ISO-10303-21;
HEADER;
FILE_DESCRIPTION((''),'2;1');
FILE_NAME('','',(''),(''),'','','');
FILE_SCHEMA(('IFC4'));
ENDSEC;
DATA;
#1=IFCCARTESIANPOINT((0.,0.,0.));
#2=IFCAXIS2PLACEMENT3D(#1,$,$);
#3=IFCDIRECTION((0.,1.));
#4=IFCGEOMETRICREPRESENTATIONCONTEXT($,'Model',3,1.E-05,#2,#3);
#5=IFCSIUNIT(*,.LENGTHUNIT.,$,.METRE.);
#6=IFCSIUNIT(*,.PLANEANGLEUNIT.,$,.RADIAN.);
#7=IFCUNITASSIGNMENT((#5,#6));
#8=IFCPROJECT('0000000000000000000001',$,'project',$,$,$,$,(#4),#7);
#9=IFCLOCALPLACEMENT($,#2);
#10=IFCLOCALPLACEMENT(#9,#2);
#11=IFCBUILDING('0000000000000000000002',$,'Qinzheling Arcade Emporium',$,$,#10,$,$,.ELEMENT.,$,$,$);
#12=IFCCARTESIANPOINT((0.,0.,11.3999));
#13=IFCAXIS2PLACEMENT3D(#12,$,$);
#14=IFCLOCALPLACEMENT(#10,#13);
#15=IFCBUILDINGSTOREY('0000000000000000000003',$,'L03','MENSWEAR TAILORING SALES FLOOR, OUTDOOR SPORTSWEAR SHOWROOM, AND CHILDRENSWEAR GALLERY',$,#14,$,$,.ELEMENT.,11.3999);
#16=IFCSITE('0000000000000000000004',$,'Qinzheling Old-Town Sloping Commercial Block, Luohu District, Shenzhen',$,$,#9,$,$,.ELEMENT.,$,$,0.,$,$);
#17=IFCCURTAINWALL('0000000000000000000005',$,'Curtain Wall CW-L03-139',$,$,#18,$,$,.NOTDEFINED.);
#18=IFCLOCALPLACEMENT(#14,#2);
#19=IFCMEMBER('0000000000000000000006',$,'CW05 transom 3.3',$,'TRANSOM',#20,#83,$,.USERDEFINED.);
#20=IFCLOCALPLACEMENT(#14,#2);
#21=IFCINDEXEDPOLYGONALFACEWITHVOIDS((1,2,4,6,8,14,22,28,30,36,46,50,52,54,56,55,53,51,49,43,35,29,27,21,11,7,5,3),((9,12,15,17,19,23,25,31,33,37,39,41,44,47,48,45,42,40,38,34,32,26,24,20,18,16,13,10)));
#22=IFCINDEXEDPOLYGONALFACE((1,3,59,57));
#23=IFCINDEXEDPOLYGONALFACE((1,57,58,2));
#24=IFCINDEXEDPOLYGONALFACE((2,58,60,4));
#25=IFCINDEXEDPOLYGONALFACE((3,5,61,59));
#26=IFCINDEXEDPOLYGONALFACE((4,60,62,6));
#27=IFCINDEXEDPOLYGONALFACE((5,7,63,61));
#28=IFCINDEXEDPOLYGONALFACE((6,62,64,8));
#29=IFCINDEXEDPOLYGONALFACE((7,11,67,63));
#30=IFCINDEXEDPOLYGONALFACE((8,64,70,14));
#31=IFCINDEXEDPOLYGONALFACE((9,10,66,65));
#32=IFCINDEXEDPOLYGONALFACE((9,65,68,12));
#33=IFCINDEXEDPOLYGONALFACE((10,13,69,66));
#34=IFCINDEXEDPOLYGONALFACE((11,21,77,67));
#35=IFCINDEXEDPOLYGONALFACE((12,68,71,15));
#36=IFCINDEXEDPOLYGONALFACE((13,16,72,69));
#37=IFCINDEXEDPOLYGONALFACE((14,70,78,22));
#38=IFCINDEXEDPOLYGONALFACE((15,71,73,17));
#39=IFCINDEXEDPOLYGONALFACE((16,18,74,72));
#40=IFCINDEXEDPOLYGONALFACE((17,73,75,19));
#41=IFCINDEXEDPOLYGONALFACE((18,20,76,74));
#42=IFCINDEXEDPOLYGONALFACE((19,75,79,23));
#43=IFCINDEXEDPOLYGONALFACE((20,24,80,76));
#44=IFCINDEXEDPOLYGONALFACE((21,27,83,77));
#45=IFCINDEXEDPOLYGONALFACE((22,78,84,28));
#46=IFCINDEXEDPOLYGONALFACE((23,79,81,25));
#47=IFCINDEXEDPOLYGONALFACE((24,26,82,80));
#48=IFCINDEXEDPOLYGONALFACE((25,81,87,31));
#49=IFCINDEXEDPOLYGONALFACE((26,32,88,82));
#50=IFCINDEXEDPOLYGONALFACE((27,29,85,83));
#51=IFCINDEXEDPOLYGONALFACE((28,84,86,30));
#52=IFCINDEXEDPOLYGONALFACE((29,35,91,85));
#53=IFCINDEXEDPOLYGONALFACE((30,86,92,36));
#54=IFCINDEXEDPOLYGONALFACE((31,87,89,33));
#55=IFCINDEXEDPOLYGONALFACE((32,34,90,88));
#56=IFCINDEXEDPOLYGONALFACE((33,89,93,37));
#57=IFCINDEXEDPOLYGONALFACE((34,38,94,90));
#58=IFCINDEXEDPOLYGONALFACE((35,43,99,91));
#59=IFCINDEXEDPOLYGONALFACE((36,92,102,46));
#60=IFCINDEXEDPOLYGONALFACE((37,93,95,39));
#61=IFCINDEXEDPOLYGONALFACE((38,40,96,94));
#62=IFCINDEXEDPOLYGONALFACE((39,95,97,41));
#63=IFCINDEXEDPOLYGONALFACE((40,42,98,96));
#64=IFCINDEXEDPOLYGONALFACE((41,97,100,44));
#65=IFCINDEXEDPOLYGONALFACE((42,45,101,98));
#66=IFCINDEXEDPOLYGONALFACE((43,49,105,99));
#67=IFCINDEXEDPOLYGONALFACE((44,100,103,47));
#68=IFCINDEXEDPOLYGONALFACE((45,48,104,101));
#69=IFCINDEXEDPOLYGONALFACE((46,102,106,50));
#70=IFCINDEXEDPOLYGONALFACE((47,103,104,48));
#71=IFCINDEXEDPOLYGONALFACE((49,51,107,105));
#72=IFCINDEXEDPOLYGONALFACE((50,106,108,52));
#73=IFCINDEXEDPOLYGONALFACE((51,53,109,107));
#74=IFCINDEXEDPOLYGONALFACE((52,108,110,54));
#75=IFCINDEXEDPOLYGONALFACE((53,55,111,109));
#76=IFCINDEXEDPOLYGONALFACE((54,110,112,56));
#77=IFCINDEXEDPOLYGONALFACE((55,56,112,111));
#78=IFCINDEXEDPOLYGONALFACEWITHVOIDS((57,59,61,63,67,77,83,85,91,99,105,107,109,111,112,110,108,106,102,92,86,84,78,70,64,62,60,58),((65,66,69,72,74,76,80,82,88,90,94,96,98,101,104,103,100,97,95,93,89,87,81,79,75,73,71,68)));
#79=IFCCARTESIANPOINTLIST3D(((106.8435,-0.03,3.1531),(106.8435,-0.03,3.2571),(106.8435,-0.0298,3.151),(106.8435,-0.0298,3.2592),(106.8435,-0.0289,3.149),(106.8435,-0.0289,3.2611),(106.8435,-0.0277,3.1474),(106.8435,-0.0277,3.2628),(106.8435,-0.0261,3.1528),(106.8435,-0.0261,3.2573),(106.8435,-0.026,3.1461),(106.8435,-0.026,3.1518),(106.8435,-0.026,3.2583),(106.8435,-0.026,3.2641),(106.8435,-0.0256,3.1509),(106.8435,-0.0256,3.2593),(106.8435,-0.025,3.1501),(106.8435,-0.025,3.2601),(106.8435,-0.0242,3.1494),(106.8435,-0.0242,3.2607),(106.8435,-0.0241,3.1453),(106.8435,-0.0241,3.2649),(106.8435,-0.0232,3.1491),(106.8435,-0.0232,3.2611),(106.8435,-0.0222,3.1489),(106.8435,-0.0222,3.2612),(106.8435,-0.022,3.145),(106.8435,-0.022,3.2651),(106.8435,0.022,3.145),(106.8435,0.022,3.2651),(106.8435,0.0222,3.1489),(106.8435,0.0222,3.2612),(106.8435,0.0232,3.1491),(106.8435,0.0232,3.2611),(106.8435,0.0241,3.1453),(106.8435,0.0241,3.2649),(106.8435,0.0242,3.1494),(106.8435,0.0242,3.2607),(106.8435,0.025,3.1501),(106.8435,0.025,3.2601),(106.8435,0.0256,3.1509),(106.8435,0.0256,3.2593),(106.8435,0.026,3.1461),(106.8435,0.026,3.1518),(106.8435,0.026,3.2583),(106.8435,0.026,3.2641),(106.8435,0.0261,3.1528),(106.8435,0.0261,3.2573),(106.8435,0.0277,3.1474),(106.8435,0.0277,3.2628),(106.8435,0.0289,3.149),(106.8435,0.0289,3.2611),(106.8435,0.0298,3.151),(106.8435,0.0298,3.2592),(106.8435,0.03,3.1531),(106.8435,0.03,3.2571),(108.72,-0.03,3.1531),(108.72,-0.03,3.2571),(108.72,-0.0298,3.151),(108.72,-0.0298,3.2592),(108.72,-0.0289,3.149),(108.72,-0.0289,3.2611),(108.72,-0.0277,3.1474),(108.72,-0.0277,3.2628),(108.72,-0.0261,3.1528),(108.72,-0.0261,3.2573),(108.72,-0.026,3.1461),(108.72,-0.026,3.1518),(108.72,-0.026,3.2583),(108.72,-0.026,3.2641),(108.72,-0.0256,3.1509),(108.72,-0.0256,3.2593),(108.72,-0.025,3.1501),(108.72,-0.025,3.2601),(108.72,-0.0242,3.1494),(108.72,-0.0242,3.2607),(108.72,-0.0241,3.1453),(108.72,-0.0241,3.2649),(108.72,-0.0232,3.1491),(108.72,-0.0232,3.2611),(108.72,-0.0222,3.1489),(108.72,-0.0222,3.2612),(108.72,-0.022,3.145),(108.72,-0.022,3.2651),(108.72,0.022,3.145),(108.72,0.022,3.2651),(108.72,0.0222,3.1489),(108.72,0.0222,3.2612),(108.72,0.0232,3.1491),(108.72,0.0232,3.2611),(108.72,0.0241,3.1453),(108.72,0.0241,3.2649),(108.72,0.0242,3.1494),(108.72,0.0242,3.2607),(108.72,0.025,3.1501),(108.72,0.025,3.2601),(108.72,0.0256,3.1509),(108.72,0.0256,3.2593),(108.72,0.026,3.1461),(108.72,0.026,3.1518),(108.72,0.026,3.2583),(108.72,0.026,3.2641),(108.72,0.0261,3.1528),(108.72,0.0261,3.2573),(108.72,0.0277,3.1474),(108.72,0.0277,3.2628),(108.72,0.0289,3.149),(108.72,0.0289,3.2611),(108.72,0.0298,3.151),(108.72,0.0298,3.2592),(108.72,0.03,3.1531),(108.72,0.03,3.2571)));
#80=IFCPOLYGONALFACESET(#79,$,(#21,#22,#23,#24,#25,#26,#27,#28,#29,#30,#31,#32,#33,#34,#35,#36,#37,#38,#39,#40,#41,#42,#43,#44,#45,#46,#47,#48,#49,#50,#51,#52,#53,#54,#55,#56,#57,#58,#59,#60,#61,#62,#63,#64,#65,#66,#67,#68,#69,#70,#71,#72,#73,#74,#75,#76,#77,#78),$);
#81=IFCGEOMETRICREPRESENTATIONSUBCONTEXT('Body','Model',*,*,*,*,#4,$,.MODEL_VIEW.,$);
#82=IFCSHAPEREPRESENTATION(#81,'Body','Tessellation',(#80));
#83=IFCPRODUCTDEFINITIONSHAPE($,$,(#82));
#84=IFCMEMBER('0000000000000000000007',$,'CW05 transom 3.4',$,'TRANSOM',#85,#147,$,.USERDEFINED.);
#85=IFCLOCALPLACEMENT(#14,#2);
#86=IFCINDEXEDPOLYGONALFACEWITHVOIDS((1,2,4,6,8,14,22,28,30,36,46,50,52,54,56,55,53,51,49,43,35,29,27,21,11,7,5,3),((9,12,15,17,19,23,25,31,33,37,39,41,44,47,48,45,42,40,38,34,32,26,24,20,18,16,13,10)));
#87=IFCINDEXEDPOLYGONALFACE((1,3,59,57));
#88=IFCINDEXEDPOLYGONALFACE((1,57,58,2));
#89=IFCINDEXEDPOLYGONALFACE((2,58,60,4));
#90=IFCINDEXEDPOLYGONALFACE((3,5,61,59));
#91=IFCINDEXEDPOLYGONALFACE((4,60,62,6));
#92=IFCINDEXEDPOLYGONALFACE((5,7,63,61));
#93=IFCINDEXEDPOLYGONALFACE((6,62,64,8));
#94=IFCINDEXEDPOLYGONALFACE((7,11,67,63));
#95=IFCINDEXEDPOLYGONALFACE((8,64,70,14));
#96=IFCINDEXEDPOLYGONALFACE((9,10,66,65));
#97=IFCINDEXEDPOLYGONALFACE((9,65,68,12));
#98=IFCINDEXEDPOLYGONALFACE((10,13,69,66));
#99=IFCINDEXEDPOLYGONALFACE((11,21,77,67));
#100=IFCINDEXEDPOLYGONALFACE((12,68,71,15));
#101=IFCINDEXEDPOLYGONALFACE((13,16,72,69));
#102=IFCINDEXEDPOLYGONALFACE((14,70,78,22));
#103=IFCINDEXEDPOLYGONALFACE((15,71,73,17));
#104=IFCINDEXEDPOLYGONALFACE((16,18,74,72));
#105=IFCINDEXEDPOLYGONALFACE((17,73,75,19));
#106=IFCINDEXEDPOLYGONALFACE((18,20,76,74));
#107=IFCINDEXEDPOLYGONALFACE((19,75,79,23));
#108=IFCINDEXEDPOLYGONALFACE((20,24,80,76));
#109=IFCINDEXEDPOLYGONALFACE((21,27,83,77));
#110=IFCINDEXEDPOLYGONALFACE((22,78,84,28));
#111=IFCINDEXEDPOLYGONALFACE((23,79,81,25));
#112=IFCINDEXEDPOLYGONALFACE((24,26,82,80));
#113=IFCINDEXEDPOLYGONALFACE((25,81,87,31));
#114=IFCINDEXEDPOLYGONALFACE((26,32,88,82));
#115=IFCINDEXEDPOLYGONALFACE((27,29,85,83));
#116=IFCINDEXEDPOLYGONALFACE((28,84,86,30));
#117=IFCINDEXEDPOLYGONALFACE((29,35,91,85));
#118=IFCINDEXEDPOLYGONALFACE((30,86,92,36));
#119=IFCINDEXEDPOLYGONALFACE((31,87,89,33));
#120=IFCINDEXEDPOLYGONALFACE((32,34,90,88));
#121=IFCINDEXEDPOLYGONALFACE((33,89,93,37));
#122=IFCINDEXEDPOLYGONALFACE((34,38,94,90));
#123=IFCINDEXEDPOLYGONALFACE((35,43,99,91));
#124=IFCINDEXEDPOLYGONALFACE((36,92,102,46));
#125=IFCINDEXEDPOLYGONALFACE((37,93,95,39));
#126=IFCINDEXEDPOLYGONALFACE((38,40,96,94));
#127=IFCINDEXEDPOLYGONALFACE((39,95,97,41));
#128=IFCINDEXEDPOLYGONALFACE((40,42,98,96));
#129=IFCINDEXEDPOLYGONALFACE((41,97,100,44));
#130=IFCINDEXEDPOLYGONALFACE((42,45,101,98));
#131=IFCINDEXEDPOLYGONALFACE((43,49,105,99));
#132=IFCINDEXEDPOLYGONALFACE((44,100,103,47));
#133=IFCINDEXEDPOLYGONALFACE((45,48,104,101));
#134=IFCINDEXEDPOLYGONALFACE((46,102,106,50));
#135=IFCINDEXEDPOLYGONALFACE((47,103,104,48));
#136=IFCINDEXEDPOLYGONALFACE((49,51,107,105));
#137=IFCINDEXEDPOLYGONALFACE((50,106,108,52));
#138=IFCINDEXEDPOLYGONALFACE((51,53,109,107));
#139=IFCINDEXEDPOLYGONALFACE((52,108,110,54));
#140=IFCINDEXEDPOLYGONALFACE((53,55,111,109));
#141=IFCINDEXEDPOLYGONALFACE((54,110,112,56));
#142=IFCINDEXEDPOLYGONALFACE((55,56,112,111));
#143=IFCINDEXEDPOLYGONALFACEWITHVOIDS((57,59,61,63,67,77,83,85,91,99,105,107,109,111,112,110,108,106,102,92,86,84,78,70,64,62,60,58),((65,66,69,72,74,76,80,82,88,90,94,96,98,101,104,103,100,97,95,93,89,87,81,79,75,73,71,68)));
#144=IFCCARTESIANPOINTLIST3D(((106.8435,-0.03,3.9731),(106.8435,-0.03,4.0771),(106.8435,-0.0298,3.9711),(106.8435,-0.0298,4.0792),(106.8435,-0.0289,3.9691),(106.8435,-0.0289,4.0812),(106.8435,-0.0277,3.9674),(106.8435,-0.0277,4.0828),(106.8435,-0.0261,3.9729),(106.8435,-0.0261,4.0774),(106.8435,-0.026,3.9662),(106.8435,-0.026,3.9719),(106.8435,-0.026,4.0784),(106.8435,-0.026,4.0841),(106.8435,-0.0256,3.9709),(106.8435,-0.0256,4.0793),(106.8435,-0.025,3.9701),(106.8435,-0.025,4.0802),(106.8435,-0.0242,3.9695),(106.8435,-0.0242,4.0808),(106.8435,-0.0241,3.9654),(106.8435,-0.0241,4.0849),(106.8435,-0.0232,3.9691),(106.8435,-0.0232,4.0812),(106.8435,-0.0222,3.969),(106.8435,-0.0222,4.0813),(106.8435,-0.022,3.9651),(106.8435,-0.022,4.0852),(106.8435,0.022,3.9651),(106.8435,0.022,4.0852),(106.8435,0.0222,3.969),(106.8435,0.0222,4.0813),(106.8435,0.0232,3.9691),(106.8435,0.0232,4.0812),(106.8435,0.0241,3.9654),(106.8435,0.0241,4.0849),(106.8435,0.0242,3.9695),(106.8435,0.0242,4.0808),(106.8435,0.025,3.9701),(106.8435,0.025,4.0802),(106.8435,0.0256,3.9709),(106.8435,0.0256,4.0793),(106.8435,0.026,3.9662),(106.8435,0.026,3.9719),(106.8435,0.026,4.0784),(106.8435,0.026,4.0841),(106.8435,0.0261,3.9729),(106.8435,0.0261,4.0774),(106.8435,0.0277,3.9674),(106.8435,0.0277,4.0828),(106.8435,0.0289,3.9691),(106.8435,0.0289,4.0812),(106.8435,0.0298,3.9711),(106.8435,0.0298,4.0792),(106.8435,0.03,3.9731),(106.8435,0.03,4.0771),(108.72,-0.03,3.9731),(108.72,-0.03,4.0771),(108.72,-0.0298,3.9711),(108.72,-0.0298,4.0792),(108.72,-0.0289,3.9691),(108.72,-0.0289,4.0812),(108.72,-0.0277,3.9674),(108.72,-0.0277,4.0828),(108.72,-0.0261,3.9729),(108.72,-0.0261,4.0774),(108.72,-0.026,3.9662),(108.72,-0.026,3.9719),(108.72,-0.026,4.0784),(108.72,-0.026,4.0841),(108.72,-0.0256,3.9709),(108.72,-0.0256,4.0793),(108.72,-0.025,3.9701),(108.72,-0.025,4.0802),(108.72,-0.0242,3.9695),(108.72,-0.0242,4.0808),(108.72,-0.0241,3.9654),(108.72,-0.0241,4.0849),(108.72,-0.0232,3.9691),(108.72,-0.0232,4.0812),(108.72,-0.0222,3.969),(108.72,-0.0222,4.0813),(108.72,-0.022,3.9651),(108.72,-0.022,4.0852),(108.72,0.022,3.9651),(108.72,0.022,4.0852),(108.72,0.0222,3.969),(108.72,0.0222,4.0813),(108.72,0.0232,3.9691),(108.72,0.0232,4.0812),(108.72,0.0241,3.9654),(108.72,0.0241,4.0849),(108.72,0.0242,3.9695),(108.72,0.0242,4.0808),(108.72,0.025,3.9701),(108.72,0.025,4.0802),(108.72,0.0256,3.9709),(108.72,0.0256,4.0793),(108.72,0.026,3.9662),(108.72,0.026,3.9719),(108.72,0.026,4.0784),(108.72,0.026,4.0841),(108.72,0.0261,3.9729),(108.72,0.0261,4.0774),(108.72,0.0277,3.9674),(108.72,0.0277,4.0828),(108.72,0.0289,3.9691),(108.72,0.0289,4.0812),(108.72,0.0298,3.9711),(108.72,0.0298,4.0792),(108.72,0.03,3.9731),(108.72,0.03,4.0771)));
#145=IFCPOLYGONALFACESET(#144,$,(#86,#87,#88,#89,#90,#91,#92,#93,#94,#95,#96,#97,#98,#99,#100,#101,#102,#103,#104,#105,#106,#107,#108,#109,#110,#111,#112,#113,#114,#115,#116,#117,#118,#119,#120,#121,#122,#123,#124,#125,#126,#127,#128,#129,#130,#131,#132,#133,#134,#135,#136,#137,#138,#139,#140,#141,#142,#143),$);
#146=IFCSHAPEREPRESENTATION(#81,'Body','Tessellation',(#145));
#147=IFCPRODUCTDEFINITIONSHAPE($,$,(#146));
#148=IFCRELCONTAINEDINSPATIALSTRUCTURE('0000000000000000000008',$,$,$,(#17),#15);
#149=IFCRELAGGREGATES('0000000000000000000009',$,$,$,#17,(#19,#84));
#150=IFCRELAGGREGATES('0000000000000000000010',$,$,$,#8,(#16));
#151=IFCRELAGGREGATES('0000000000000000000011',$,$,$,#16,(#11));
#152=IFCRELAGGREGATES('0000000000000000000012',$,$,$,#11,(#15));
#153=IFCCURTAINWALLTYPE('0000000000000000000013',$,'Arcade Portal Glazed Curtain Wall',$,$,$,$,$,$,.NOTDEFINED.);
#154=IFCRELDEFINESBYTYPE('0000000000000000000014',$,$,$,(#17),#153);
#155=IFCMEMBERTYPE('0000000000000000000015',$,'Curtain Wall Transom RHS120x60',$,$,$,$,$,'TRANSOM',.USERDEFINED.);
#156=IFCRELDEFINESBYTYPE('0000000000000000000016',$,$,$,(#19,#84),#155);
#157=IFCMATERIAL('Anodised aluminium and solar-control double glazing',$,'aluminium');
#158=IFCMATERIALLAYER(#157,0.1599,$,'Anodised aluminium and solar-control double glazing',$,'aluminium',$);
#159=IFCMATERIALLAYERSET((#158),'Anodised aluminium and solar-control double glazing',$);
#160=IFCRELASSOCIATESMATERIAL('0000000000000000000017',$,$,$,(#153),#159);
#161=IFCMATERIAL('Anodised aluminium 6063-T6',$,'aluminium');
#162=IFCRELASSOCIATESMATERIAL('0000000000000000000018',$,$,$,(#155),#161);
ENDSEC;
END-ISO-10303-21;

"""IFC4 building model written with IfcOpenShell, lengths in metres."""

from ifc_helpers import new_model, si_unit, direction, frame, origin, origin_2d, place, context, subcontext, project, spatial, hollow_rectangle, extrude, material, layer, layer_set, material_profile, profile_set, type_object, element, aggregate, save


model = new_model("IFC4")

# Units and contexts
model_context = context("Model", 3, precision=1e-05, world=origin(), true_north=direction((0.0, 1.0)))
body_context = subcontext(model_context, "Body", "Model", "MODEL_VIEW")
ifc_project = project(units=[si_unit("LENGTHUNIT", "METRE"), si_unit("PLANEANGLEUNIT", "RADIAN")], contexts=[model_context])

# Site, building, storey
site_placement = place(None, origin())
site = spatial("IfcSite", under=ifc_project, at=site_placement, Name="Qinzheling Old-Town Sloping Commercial Block, Luohu District, Shenzhen", CompositionType="ELEMENT", RefElevation=0.0)
building_placement = place(site_placement, origin())
building = spatial("IfcBuilding", under=site, at=building_placement, Name="Qinzheling Arcade Emporium", CompositionType="ELEMENT")
storey_placement = place(building_placement, frame((0.0, 0.0, 11.3999)))
storey = spatial("IfcBuildingStorey", under=building, at=storey_placement, Name="L03", Description="MENSWEAR TAILORING SALES FLOOR, OUTDOOR SPORTSWEAR SHOWROOM, AND CHILDRENSWEAR GALLERY", CompositionType="ELEMENT", Elevation=11.3999)

# Curtain wall, members
ifc_material_1 = material(Name="Anodised aluminium and solar-control double glazing", Category="aluminium")
ifc_layer_1 = layer(ifc_material_1, 0.1599, Name="Anodised aluminium and solar-control double glazing", Category="aluminium")
ifc_layer_set_1 = layer_set([ifc_layer_1], Name="Anodised aluminium and solar-control double glazing")
curtain_wall_type = type_object("IfcCurtainWallType", Name="Arcade Portal Glazed Curtain Wall", PredefinedType="NOTDEFINED", material=ifc_layer_set_1)
curtain_wall_placement = place(storey_placement, origin())
curtain_wall = element("IfcCurtainWall", 1, at=curtain_wall_placement, inside=storey, type_object=curtain_wall_type, Name="Curtain Wall CW-L03-139", PredefinedType="NOTDEFINED")
ifc_material_2 = material(Name="Anodised aluminium 6063-T6", Category="aluminium")
ifc_material_profile_1 = material_profile(ifc_material_2, hollow_rectangle(XDim=0.0601, YDim=0.1201, WallThickness=0.0039, InnerFilletRadius=0.0039, OuterFilletRadius=0.0081, at=origin_2d()), Name="RHS 120x60x4", Category="aluminium")
ifc_profile_set_1 = profile_set([ifc_material_profile_1], Name="Anodised aluminium 6063-T6")
member_type_1 = type_object("IfcMemberType", Name="Curtain Wall Transom RHS120x60", ElementType="TRANSOM", PredefinedType="USERDEFINED", material=ifc_profile_set_1)
member_1_placement = place(storey_placement, frame((108.72, 0.0, 3.2051), z_axis=(-1.0, 0.0, 0.0), x_axis=(0.0, -1.0, 0.0)))
member_1 = element("IfcMember", 2, at=member_1_placement, type_object=member_type_1, Name="CW05 transom 3.3", ObjectType="TRANSOM", PredefinedType="USERDEFINED", context=body_context, shape_type="SweptSolid", body=[
    extrude(hollow_rectangle(XDim=0.0601, YDim=0.1201, WallThickness=0.0039, InnerFilletRadius=0.0039, OuterFilletRadius=0.0081, at=origin_2d()), origin(), (0.0, 0.0, 1.0), 1.8765),
])
member_2_placement = place(storey_placement, frame((108.72, 0.0, 4.0251), z_axis=(-1.0, 0.0, 0.0), x_axis=(0.0, -1.0, 0.0)))
member_2 = element("IfcMember", 3, at=member_2_placement, type_object=member_type_1, Name="CW05 transom 3.4", ObjectType="TRANSOM", PredefinedType="USERDEFINED", context=body_context, shape_type="SweptSolid", body=[
    extrude(hollow_rectangle(XDim=0.0601, YDim=0.1201, WallThickness=0.0039, InnerFilletRadius=0.0039, OuterFilletRadius=0.0081, at=origin_2d()), origin(), (0.0, 0.0, 1.0), 1.8765),
])

aggregate(curtain_wall, [member_1, member_2])

save(model, "model.ifc")
